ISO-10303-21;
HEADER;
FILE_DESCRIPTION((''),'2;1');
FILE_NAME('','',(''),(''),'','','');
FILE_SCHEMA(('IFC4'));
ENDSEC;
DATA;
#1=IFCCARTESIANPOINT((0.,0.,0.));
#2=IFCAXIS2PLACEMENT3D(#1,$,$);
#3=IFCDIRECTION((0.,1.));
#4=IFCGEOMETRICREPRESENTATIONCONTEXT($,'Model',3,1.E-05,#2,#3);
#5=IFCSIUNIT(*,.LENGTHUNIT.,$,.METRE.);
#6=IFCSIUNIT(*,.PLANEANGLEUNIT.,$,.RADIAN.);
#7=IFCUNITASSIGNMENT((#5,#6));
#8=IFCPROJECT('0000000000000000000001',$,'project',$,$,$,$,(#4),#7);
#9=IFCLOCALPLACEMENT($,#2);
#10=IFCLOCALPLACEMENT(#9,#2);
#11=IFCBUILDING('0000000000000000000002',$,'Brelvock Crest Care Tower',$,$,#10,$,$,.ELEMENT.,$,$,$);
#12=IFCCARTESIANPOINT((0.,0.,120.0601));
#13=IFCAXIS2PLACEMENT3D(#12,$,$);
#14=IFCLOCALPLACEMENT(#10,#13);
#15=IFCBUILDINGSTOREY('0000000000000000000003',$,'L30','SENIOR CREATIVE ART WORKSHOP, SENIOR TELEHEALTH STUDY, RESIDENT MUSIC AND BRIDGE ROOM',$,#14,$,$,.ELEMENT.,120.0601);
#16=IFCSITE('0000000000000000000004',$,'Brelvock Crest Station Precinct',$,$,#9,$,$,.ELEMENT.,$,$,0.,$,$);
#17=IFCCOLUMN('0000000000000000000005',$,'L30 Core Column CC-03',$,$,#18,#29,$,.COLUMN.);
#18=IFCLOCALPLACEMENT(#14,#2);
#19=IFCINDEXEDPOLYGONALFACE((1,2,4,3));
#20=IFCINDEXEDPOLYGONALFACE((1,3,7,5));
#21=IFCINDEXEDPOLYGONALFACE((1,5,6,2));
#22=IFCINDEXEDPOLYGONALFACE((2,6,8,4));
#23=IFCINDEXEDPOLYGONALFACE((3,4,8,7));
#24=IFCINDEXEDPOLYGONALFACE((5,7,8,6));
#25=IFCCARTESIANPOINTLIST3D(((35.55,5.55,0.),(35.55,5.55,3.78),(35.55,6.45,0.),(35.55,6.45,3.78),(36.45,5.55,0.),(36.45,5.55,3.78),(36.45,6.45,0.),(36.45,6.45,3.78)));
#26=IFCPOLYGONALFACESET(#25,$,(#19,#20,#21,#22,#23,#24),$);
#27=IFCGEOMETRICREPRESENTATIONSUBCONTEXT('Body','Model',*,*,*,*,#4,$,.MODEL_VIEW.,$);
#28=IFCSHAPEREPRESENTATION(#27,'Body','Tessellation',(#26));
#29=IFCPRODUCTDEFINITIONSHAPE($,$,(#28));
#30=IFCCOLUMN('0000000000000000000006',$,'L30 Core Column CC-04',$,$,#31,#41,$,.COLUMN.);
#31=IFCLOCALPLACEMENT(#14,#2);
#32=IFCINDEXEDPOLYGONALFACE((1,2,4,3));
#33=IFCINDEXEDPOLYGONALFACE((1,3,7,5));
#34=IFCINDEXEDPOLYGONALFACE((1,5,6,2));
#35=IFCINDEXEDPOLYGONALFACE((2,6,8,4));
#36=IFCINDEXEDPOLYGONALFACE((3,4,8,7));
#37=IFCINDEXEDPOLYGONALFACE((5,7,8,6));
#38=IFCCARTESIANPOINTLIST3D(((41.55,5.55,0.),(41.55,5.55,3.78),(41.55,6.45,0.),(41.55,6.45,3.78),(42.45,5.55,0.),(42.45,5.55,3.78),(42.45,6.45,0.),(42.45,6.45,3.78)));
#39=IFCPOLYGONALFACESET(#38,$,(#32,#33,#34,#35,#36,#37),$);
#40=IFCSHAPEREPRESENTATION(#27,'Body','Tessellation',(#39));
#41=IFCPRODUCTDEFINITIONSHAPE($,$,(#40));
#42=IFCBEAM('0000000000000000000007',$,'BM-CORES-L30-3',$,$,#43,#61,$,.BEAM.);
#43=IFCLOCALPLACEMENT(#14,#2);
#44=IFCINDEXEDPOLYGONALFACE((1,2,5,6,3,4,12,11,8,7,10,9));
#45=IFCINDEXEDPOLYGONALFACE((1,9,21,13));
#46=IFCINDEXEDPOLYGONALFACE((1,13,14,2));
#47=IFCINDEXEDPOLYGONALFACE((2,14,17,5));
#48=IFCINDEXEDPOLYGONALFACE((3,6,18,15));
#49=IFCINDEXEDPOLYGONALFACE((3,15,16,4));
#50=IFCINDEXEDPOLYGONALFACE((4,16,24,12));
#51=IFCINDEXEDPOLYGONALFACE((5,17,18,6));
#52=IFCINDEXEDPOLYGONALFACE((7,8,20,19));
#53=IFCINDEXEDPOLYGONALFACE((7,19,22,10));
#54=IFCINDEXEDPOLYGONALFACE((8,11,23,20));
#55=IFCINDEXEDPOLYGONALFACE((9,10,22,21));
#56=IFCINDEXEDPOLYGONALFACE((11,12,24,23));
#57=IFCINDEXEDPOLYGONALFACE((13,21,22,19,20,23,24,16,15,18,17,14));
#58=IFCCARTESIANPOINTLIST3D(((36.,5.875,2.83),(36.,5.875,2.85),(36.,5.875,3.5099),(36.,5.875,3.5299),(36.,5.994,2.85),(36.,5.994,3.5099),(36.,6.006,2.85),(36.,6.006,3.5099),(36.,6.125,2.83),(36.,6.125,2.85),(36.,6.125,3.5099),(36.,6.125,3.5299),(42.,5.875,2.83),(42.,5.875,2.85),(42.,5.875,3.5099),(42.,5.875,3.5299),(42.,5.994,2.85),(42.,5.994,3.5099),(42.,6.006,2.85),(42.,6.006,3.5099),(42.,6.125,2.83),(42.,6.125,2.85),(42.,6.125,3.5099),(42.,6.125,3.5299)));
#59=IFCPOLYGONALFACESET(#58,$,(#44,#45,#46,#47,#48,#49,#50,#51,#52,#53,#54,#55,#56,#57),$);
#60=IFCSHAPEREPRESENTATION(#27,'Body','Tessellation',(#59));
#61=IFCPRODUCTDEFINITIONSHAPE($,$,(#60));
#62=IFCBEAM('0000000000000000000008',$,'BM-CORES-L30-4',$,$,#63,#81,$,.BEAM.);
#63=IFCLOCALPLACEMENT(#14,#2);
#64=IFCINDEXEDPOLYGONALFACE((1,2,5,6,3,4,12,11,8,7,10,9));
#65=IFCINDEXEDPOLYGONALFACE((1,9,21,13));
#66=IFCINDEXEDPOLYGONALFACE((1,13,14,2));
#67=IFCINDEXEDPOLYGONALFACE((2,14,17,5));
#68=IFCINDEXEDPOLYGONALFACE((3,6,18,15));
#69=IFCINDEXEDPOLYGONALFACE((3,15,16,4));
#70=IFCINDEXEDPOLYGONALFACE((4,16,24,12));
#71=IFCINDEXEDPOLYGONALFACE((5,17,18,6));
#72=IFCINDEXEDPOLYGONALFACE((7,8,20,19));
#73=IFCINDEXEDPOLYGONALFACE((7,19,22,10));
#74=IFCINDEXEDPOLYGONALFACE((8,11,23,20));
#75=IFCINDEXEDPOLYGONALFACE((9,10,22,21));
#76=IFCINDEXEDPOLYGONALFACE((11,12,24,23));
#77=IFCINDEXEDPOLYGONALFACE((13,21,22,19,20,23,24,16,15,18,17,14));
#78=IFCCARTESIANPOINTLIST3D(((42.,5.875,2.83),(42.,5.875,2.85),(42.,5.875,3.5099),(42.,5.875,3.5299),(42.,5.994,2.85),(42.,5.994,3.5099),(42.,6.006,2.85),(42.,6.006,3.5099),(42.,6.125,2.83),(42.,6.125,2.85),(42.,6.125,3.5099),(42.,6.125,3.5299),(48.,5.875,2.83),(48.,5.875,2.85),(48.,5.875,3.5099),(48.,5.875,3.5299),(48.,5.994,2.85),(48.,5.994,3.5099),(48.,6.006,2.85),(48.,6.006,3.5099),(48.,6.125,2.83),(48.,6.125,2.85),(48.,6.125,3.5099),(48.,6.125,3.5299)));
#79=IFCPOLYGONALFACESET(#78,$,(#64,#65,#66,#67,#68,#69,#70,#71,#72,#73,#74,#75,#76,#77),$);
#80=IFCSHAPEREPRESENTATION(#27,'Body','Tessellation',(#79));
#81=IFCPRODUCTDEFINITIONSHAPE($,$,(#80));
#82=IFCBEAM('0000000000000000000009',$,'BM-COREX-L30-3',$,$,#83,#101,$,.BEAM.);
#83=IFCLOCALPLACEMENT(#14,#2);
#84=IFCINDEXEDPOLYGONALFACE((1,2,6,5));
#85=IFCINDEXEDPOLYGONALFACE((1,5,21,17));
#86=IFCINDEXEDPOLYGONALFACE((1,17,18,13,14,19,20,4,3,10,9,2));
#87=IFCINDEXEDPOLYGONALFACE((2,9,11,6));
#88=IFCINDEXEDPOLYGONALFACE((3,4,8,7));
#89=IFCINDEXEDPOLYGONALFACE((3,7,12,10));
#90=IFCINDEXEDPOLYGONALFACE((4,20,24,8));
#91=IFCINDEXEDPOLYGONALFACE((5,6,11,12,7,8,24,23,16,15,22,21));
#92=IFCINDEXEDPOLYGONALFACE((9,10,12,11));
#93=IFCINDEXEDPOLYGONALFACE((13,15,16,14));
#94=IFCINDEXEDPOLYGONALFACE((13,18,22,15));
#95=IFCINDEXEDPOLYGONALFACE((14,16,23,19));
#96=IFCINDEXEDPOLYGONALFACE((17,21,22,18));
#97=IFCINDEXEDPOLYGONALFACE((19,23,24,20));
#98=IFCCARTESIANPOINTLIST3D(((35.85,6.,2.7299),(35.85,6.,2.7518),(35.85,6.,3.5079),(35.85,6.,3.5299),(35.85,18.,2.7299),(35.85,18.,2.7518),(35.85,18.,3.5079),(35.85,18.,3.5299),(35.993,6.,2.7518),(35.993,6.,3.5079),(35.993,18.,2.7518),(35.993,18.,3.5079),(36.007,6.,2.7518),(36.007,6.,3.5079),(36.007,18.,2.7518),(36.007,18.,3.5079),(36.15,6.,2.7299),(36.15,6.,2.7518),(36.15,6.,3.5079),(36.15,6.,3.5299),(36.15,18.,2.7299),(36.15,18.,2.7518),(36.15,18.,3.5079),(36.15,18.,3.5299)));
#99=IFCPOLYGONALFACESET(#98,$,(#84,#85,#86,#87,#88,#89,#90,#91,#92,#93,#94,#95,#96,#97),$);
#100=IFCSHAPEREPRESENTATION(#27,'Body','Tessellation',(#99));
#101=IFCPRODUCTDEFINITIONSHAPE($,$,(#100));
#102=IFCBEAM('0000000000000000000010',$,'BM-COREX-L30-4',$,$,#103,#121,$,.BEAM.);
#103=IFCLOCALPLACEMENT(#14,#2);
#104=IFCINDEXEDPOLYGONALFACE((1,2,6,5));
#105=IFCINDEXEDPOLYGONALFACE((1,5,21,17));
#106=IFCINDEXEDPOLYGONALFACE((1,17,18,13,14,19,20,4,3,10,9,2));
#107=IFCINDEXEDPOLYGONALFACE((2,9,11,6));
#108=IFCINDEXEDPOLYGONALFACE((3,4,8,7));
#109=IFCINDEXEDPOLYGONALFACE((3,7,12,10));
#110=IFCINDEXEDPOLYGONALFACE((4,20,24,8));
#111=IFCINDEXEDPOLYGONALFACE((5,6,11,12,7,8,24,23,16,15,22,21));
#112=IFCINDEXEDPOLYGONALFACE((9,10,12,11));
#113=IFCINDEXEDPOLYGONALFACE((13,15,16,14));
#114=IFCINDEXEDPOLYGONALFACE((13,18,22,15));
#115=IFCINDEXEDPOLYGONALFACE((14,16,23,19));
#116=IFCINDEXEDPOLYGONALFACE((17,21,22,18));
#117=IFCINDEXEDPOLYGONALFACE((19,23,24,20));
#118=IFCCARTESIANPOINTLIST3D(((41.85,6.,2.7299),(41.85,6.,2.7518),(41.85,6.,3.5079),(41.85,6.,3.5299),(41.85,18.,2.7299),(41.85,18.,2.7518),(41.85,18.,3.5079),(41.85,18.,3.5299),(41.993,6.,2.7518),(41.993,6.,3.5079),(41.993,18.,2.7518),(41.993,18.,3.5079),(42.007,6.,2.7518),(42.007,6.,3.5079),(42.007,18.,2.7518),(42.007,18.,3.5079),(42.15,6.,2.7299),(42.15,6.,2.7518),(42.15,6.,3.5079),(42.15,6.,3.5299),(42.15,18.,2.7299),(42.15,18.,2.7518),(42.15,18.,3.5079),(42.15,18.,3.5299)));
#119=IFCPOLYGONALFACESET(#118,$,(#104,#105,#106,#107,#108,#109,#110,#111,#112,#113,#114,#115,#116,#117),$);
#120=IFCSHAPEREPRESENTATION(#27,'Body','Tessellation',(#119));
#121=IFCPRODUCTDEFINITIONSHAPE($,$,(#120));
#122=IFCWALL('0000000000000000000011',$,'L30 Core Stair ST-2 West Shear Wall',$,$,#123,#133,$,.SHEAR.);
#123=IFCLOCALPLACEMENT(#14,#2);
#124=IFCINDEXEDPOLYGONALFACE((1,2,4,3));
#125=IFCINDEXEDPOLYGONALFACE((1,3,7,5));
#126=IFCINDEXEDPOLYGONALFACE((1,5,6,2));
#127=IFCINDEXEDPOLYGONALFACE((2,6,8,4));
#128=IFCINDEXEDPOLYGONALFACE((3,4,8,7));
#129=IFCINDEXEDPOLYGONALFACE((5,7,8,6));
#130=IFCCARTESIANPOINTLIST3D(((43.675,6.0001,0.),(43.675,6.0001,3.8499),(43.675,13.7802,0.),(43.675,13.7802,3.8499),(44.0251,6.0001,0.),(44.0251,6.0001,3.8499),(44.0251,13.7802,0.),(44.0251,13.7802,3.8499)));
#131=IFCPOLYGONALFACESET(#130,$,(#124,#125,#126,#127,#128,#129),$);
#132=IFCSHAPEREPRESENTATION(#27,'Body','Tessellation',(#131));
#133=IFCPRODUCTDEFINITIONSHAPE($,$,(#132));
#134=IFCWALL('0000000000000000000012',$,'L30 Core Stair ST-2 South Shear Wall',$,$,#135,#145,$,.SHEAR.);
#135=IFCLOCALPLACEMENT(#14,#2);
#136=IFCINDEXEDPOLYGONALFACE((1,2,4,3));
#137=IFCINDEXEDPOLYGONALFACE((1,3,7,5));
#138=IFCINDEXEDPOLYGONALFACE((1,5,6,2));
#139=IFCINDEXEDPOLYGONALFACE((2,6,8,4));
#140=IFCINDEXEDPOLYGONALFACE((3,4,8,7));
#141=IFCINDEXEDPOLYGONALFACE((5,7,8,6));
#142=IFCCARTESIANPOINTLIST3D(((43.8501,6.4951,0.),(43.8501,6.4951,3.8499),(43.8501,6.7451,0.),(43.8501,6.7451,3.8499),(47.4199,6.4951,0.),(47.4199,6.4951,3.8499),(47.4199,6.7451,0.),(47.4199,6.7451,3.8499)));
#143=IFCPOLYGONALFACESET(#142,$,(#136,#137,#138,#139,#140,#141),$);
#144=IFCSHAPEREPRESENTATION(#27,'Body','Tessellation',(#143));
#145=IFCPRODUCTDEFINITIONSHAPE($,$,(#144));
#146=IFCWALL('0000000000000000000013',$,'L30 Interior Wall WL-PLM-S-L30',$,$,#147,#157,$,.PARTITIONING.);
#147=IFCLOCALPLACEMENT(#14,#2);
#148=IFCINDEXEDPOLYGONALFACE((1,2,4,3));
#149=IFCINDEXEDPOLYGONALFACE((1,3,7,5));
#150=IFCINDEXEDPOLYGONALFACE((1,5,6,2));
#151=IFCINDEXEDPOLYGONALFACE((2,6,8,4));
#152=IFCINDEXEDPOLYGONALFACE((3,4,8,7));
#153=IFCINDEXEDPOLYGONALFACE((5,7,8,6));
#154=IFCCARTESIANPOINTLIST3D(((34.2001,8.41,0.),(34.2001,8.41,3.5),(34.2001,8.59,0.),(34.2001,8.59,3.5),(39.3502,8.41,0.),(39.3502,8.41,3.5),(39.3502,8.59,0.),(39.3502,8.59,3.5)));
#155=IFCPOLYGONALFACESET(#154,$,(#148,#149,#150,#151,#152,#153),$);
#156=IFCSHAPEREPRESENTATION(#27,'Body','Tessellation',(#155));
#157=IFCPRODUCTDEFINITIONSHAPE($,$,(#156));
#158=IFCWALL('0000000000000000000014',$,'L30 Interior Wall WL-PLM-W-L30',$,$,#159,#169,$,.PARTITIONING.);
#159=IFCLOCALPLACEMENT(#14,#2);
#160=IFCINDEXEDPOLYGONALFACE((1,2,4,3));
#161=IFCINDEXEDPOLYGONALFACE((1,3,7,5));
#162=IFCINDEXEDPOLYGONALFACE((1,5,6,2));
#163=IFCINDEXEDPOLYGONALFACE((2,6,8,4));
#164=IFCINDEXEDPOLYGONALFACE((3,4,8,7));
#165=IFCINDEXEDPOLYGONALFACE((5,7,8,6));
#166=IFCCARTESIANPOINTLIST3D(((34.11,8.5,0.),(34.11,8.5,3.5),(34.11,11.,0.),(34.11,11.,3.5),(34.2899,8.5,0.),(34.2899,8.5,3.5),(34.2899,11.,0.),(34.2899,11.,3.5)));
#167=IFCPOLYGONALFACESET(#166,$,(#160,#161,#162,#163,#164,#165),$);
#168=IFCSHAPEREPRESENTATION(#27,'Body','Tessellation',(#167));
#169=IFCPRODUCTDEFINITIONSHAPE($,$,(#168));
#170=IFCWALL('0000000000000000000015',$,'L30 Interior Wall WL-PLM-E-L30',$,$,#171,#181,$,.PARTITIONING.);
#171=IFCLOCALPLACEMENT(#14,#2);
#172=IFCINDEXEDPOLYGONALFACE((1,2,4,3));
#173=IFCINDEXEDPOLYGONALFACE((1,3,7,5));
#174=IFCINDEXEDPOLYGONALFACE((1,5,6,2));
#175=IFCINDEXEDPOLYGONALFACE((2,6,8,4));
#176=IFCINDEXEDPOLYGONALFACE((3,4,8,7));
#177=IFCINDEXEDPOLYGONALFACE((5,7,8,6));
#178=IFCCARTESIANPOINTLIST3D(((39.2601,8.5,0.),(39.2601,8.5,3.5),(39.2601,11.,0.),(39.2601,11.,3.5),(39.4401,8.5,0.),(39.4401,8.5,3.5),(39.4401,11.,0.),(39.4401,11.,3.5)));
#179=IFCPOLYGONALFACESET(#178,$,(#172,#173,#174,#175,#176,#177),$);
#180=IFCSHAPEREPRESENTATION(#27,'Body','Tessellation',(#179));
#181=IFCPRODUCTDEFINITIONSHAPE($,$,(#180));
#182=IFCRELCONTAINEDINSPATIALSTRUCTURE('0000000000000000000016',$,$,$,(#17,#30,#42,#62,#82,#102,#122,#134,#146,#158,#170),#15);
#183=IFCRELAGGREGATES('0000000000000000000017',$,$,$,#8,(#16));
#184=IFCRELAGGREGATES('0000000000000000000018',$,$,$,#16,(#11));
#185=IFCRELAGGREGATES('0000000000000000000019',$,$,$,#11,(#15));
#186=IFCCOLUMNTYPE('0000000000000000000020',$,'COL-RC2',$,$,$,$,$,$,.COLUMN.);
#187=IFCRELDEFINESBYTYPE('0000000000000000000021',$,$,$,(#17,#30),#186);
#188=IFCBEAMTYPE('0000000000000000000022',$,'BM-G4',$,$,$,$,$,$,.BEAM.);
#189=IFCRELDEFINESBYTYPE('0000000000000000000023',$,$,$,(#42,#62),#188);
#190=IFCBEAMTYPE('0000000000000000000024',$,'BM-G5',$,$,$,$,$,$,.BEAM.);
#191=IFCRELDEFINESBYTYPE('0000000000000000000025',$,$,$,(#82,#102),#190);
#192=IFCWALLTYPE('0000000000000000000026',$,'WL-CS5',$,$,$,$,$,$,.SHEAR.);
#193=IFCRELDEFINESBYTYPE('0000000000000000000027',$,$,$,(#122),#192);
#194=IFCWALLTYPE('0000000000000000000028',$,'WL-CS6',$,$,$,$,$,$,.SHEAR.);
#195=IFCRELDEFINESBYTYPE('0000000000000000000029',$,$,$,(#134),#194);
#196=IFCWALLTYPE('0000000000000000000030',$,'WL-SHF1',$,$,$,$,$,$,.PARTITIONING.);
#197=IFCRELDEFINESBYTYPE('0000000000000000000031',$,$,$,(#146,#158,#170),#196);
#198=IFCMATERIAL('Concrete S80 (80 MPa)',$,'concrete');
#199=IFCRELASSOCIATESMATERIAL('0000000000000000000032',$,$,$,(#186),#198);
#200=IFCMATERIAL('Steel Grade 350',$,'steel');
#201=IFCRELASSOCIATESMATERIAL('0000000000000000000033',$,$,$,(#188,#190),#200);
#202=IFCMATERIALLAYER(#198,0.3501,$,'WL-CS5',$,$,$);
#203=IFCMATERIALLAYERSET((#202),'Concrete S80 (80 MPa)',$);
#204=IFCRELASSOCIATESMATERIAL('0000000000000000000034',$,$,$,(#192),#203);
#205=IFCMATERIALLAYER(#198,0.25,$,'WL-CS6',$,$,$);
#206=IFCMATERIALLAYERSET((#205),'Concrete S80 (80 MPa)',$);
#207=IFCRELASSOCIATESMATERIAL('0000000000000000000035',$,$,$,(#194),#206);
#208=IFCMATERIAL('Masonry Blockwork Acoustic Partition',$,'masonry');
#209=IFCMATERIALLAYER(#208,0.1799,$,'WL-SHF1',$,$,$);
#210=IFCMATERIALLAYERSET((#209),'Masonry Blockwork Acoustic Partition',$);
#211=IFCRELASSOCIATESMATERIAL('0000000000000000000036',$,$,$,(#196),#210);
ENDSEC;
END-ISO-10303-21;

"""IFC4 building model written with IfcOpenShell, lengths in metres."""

from ifc_helpers import new_model, si_unit, direction, frame, frame_2d, origin, origin_2d, place, context, subcontext, project, spatial, rectangle, i_section, extrude, source, transform, mapped, material, layer, layer_set, material_profile, profile_set, type_object, element, save


model = new_model("IFC4")

# Units and contexts
model_context = context("Model", 3, precision=1e-05, world=origin(), true_north=direction((0.0, 1.0)))
body_context = subcontext(model_context, "Body", "Model", "MODEL_VIEW")
ifc_project = project(units=[si_unit("LENGTHUNIT", "METRE"), si_unit("PLANEANGLEUNIT", "RADIAN")], contexts=[model_context])

# Site, building, storey
site_placement = place(None, origin())
site = spatial("IfcSite", under=ifc_project, at=site_placement, Name="Brelvock Crest Station Precinct", CompositionType="ELEMENT", RefElevation=0.0)
building_placement = place(site_placement, origin())
building = spatial("IfcBuilding", under=site, at=building_placement, Name="Brelvock Crest Care Tower", CompositionType="ELEMENT")
storey_placement = place(building_placement, frame((0.0, 0.0, 120.0601)))
storey = spatial("IfcBuildingStorey", under=building, at=storey_placement, Name="L30", Description="SENIOR CREATIVE ART WORKSHOP, SENIOR TELEHEALTH STUDY, RESIDENT MUSIC AND BRIDGE ROOM", CompositionType="ELEMENT", Elevation=120.0601)

# Columns
ifc_material_1 = material(Name="Concrete S80 (80 MPa)", Category="concrete")
ifc_material_profile_1 = material_profile(ifc_material_1, rectangle(XDim=0.8999, YDim=0.8999, at=origin_2d()), Name="RC900x900")
ifc_profile_set_1 = profile_set([ifc_material_profile_1], Name="Concrete S80 (80 MPa)")
column_type = type_object("IfcColumnType", Name="COL-RC2", PredefinedType="COLUMN", material=ifc_profile_set_1)
shared_shape_1 = source(origin(), body_context, "Body", "SweptSolid", [
    extrude(rectangle(XDim=0.8999, YDim=0.8999, at=origin_2d()), origin(), (0.0, 0.0, 1.0), 3.78),
])
for number, where, z_axis, x_axis, name in (
    (1, (36.0, 6.0, 0.0), (0.0, 0.0, 1.0), (1.0, 0.0, 0.0), "L30 Core Column CC-03"),
    (2, (42.0, 6.0, 0.0), (0.0, 0.0, 1.0), (1.0, 0.0, 0.0), "L30 Core Column CC-04"),
):
    element("IfcColumn", number, at=place(storey_placement, frame(where, z_axis=z_axis, x_axis=x_axis)), inside=storey, type_object=column_type, Name=name, PredefinedType="COLUMN", context=body_context, shape_type="MappedRepresentation", body=[
        mapped(shared_shape_1, transform((0.0, 0.0, 0.0), x_axis=(1.0, 0.0, 0.0), y_axis=(0.0, 1.0, 0.0), z_axis=(0.0, 0.0, 1.0), scale=1.0)),
    ])

# Beams
ifc_material_2 = material(Name="Steel Grade 350", Category="steel")
ifc_material_profile_2 = material_profile(ifc_material_2, i_section(OverallWidth=0.25, OverallDepth=0.7, WebThickness=0.012, FlangeThickness=0.02, at=origin_2d()), Name="700WB150")
ifc_profile_set_2 = profile_set([ifc_material_profile_2], Name="Steel Grade 350")
beam_type_1 = type_object("IfcBeamType", Name="BM-G4", PredefinedType="BEAM", material=ifc_profile_set_2)
shared_shape_2 = source(origin(), body_context, "Body", "SweptSolid", [
    extrude(i_section(OverallWidth=0.25, OverallDepth=0.7, WebThickness=0.012, FlangeThickness=0.02, at=origin_2d()), origin(), (0.0, 0.0, 1.0), 6.0),
])
for number, where, z_axis, x_axis, name in (
    (3, (36.0, 6.0, 3.1799), (1.0, 0.0, 0.0), (0.0, 1.0, 0.0), "BM-CORES-L30-3"),
    (4, (42.0, 6.0, 3.1799), (1.0, 0.0, 0.0), (0.0, 1.0, 0.0), "BM-CORES-L30-4"),
):
    element("IfcBeam", number, at=place(storey_placement, frame(where, z_axis=z_axis, x_axis=x_axis)), inside=storey, type_object=beam_type_1, Name=name, PredefinedType="BEAM", context=body_context, shape_type="MappedRepresentation", body=[
        mapped(shared_shape_2, transform((0.0, 0.0, 0.0), x_axis=(1.0, 0.0, 0.0), y_axis=(0.0, 1.0, 0.0), z_axis=(0.0, 0.0, 1.0), scale=1.0)),
    ])
ifc_material_profile_3 = material_profile(ifc_material_2, i_section(OverallWidth=0.3, OverallDepth=0.8, WebThickness=0.0139, FlangeThickness=0.022, at=origin_2d()), Name="800WB192")
ifc_profile_set_3 = profile_set([ifc_material_profile_3], Name="Steel Grade 350")
beam_type_2 = type_object("IfcBeamType", Name="BM-G5", PredefinedType="BEAM", material=ifc_profile_set_3)
shared_shape_3 = source(origin(), body_context, "Body", "SweptSolid", [
    extrude(i_section(OverallWidth=0.3, OverallDepth=0.8, WebThickness=0.0139, FlangeThickness=0.022, at=origin_2d()), origin(), (0.0, 0.0, 1.0), 12.0),
])
for number, where, z_axis, x_axis, name in (
    (5, (36.0, 6.0, 3.1299), (0.0, 1.0, 0.0), (-1.0, 0.0, 0.0), "BM-COREX-L30-3"),
    (6, (42.0, 6.0, 3.1299), (0.0, 1.0, 0.0), (-1.0, 0.0, 0.0), "BM-COREX-L30-4"),
):
    element("IfcBeam", number, at=place(storey_placement, frame(where, z_axis=z_axis, x_axis=x_axis)), inside=storey, type_object=beam_type_2, Name=name, PredefinedType="BEAM", context=body_context, shape_type="MappedRepresentation", body=[
        mapped(shared_shape_3, transform((0.0, 0.0, 0.0), x_axis=(1.0, 0.0, 0.0), y_axis=(0.0, 1.0, 0.0), z_axis=(0.0, 0.0, 1.0), scale=1.0)),
    ])

# Walls
ifc_layer_1 = layer(ifc_material_1, 0.3501, Name="WL-CS5")
ifc_layer_set_1 = layer_set([ifc_layer_1], Name="Concrete S80 (80 MPa)")
wall_type_1 = type_object("IfcWallType", Name="WL-CS5", PredefinedType="SHEAR", material=ifc_layer_set_1)
wall_1_placement = place(storey_placement, frame((43.8501, 6.0, 0.0), z_axis=(0.0, 0.0, 1.0), x_axis=(0.0, 1.0, 0.0)))
element("IfcWall", 7, at=wall_1_placement, inside=storey, type_object=wall_type_1, Name="L30 Core Stair ST-2 West Shear Wall", PredefinedType="SHEAR", context=body_context, shape_type="SweptSolid", body=[
    extrude(rectangle(XDim=7.78, YDim=0.3501, at=frame_2d((3.8901, 0.0))), origin(), (0.0, 0.0, 1.0), 3.8499),
])
ifc_layer_2 = layer(ifc_material_1, 0.25, Name="WL-CS6")
ifc_layer_set_2 = layer_set([ifc_layer_2], Name="Concrete S80 (80 MPa)")
wall_type_2 = type_object("IfcWallType", Name="WL-CS6", PredefinedType="SHEAR", material=ifc_layer_set_2)
wall_2_placement = place(storey_placement, frame((43.8501, 6.6201, 0.0), z_axis=(0.0, 0.0, 1.0), x_axis=(1.0, 0.0, 0.0)))
element("IfcWall", 8, at=wall_2_placement, inside=storey, type_object=wall_type_2, Name="L30 Core Stair ST-2 South Shear Wall", PredefinedType="SHEAR", context=body_context, shape_type="SweptSolid", body=[
    extrude(rectangle(XDim=3.5698, YDim=0.25, at=frame_2d((1.7849, 0.0))), origin(), (0.0, 0.0, 1.0), 3.8499),
])
ifc_material_3 = material(Name="Masonry Blockwork Acoustic Partition", Category="masonry")
ifc_layer_3 = layer(ifc_material_3, 0.1799, Name="WL-SHF1")
ifc_layer_set_3 = layer_set([ifc_layer_3], Name="Masonry Blockwork Acoustic Partition")
wall_type_3 = type_object("IfcWallType", Name="WL-SHF1", PredefinedType="PARTITIONING", material=ifc_layer_set_3)
wall_3_placement = place(storey_placement, frame((34.2, 8.5, 0.0), z_axis=(0.0, 0.0, 1.0), x_axis=(1.0, 0.0, 0.0)))
element("IfcWall", 9, at=wall_3_placement, inside=storey, type_object=wall_type_3, Name="L30 Interior Wall WL-PLM-S-L30", PredefinedType="PARTITIONING", context=body_context, shape_type="SweptSolid", body=[
    extrude(rectangle(XDim=5.1501, YDim=0.1799, at=frame_2d((2.5752, 0.0))), origin(), (0.0, 0.0, 1.0), 3.5),
])
for number, where, z_axis, x_axis, name in (
    (10, (34.2, 8.5, 0.0), (0.0, 0.0, 1.0), (0.0, 1.0, 0.0), "L30 Interior Wall WL-PLM-W-L30"),
    (11, (39.3501, 8.5, 0.0), (0.0, 0.0, 1.0), (0.0, 1.0, 0.0), "L30 Interior Wall WL-PLM-E-L30"),
):
    element("IfcWall", number, at=place(storey_placement, frame(where, z_axis=z_axis, x_axis=x_axis)), inside=storey, type_object=wall_type_3, Name=name, PredefinedType="PARTITIONING", context=body_context, shape_type="SweptSolid", body=[
        extrude(rectangle(XDim=2.5, YDim=0.1799, at=frame_2d((1.25, 0.0))), origin(), (0.0, 0.0, 1.0), 3.5),
    ])

save(model, "model.ifc")
